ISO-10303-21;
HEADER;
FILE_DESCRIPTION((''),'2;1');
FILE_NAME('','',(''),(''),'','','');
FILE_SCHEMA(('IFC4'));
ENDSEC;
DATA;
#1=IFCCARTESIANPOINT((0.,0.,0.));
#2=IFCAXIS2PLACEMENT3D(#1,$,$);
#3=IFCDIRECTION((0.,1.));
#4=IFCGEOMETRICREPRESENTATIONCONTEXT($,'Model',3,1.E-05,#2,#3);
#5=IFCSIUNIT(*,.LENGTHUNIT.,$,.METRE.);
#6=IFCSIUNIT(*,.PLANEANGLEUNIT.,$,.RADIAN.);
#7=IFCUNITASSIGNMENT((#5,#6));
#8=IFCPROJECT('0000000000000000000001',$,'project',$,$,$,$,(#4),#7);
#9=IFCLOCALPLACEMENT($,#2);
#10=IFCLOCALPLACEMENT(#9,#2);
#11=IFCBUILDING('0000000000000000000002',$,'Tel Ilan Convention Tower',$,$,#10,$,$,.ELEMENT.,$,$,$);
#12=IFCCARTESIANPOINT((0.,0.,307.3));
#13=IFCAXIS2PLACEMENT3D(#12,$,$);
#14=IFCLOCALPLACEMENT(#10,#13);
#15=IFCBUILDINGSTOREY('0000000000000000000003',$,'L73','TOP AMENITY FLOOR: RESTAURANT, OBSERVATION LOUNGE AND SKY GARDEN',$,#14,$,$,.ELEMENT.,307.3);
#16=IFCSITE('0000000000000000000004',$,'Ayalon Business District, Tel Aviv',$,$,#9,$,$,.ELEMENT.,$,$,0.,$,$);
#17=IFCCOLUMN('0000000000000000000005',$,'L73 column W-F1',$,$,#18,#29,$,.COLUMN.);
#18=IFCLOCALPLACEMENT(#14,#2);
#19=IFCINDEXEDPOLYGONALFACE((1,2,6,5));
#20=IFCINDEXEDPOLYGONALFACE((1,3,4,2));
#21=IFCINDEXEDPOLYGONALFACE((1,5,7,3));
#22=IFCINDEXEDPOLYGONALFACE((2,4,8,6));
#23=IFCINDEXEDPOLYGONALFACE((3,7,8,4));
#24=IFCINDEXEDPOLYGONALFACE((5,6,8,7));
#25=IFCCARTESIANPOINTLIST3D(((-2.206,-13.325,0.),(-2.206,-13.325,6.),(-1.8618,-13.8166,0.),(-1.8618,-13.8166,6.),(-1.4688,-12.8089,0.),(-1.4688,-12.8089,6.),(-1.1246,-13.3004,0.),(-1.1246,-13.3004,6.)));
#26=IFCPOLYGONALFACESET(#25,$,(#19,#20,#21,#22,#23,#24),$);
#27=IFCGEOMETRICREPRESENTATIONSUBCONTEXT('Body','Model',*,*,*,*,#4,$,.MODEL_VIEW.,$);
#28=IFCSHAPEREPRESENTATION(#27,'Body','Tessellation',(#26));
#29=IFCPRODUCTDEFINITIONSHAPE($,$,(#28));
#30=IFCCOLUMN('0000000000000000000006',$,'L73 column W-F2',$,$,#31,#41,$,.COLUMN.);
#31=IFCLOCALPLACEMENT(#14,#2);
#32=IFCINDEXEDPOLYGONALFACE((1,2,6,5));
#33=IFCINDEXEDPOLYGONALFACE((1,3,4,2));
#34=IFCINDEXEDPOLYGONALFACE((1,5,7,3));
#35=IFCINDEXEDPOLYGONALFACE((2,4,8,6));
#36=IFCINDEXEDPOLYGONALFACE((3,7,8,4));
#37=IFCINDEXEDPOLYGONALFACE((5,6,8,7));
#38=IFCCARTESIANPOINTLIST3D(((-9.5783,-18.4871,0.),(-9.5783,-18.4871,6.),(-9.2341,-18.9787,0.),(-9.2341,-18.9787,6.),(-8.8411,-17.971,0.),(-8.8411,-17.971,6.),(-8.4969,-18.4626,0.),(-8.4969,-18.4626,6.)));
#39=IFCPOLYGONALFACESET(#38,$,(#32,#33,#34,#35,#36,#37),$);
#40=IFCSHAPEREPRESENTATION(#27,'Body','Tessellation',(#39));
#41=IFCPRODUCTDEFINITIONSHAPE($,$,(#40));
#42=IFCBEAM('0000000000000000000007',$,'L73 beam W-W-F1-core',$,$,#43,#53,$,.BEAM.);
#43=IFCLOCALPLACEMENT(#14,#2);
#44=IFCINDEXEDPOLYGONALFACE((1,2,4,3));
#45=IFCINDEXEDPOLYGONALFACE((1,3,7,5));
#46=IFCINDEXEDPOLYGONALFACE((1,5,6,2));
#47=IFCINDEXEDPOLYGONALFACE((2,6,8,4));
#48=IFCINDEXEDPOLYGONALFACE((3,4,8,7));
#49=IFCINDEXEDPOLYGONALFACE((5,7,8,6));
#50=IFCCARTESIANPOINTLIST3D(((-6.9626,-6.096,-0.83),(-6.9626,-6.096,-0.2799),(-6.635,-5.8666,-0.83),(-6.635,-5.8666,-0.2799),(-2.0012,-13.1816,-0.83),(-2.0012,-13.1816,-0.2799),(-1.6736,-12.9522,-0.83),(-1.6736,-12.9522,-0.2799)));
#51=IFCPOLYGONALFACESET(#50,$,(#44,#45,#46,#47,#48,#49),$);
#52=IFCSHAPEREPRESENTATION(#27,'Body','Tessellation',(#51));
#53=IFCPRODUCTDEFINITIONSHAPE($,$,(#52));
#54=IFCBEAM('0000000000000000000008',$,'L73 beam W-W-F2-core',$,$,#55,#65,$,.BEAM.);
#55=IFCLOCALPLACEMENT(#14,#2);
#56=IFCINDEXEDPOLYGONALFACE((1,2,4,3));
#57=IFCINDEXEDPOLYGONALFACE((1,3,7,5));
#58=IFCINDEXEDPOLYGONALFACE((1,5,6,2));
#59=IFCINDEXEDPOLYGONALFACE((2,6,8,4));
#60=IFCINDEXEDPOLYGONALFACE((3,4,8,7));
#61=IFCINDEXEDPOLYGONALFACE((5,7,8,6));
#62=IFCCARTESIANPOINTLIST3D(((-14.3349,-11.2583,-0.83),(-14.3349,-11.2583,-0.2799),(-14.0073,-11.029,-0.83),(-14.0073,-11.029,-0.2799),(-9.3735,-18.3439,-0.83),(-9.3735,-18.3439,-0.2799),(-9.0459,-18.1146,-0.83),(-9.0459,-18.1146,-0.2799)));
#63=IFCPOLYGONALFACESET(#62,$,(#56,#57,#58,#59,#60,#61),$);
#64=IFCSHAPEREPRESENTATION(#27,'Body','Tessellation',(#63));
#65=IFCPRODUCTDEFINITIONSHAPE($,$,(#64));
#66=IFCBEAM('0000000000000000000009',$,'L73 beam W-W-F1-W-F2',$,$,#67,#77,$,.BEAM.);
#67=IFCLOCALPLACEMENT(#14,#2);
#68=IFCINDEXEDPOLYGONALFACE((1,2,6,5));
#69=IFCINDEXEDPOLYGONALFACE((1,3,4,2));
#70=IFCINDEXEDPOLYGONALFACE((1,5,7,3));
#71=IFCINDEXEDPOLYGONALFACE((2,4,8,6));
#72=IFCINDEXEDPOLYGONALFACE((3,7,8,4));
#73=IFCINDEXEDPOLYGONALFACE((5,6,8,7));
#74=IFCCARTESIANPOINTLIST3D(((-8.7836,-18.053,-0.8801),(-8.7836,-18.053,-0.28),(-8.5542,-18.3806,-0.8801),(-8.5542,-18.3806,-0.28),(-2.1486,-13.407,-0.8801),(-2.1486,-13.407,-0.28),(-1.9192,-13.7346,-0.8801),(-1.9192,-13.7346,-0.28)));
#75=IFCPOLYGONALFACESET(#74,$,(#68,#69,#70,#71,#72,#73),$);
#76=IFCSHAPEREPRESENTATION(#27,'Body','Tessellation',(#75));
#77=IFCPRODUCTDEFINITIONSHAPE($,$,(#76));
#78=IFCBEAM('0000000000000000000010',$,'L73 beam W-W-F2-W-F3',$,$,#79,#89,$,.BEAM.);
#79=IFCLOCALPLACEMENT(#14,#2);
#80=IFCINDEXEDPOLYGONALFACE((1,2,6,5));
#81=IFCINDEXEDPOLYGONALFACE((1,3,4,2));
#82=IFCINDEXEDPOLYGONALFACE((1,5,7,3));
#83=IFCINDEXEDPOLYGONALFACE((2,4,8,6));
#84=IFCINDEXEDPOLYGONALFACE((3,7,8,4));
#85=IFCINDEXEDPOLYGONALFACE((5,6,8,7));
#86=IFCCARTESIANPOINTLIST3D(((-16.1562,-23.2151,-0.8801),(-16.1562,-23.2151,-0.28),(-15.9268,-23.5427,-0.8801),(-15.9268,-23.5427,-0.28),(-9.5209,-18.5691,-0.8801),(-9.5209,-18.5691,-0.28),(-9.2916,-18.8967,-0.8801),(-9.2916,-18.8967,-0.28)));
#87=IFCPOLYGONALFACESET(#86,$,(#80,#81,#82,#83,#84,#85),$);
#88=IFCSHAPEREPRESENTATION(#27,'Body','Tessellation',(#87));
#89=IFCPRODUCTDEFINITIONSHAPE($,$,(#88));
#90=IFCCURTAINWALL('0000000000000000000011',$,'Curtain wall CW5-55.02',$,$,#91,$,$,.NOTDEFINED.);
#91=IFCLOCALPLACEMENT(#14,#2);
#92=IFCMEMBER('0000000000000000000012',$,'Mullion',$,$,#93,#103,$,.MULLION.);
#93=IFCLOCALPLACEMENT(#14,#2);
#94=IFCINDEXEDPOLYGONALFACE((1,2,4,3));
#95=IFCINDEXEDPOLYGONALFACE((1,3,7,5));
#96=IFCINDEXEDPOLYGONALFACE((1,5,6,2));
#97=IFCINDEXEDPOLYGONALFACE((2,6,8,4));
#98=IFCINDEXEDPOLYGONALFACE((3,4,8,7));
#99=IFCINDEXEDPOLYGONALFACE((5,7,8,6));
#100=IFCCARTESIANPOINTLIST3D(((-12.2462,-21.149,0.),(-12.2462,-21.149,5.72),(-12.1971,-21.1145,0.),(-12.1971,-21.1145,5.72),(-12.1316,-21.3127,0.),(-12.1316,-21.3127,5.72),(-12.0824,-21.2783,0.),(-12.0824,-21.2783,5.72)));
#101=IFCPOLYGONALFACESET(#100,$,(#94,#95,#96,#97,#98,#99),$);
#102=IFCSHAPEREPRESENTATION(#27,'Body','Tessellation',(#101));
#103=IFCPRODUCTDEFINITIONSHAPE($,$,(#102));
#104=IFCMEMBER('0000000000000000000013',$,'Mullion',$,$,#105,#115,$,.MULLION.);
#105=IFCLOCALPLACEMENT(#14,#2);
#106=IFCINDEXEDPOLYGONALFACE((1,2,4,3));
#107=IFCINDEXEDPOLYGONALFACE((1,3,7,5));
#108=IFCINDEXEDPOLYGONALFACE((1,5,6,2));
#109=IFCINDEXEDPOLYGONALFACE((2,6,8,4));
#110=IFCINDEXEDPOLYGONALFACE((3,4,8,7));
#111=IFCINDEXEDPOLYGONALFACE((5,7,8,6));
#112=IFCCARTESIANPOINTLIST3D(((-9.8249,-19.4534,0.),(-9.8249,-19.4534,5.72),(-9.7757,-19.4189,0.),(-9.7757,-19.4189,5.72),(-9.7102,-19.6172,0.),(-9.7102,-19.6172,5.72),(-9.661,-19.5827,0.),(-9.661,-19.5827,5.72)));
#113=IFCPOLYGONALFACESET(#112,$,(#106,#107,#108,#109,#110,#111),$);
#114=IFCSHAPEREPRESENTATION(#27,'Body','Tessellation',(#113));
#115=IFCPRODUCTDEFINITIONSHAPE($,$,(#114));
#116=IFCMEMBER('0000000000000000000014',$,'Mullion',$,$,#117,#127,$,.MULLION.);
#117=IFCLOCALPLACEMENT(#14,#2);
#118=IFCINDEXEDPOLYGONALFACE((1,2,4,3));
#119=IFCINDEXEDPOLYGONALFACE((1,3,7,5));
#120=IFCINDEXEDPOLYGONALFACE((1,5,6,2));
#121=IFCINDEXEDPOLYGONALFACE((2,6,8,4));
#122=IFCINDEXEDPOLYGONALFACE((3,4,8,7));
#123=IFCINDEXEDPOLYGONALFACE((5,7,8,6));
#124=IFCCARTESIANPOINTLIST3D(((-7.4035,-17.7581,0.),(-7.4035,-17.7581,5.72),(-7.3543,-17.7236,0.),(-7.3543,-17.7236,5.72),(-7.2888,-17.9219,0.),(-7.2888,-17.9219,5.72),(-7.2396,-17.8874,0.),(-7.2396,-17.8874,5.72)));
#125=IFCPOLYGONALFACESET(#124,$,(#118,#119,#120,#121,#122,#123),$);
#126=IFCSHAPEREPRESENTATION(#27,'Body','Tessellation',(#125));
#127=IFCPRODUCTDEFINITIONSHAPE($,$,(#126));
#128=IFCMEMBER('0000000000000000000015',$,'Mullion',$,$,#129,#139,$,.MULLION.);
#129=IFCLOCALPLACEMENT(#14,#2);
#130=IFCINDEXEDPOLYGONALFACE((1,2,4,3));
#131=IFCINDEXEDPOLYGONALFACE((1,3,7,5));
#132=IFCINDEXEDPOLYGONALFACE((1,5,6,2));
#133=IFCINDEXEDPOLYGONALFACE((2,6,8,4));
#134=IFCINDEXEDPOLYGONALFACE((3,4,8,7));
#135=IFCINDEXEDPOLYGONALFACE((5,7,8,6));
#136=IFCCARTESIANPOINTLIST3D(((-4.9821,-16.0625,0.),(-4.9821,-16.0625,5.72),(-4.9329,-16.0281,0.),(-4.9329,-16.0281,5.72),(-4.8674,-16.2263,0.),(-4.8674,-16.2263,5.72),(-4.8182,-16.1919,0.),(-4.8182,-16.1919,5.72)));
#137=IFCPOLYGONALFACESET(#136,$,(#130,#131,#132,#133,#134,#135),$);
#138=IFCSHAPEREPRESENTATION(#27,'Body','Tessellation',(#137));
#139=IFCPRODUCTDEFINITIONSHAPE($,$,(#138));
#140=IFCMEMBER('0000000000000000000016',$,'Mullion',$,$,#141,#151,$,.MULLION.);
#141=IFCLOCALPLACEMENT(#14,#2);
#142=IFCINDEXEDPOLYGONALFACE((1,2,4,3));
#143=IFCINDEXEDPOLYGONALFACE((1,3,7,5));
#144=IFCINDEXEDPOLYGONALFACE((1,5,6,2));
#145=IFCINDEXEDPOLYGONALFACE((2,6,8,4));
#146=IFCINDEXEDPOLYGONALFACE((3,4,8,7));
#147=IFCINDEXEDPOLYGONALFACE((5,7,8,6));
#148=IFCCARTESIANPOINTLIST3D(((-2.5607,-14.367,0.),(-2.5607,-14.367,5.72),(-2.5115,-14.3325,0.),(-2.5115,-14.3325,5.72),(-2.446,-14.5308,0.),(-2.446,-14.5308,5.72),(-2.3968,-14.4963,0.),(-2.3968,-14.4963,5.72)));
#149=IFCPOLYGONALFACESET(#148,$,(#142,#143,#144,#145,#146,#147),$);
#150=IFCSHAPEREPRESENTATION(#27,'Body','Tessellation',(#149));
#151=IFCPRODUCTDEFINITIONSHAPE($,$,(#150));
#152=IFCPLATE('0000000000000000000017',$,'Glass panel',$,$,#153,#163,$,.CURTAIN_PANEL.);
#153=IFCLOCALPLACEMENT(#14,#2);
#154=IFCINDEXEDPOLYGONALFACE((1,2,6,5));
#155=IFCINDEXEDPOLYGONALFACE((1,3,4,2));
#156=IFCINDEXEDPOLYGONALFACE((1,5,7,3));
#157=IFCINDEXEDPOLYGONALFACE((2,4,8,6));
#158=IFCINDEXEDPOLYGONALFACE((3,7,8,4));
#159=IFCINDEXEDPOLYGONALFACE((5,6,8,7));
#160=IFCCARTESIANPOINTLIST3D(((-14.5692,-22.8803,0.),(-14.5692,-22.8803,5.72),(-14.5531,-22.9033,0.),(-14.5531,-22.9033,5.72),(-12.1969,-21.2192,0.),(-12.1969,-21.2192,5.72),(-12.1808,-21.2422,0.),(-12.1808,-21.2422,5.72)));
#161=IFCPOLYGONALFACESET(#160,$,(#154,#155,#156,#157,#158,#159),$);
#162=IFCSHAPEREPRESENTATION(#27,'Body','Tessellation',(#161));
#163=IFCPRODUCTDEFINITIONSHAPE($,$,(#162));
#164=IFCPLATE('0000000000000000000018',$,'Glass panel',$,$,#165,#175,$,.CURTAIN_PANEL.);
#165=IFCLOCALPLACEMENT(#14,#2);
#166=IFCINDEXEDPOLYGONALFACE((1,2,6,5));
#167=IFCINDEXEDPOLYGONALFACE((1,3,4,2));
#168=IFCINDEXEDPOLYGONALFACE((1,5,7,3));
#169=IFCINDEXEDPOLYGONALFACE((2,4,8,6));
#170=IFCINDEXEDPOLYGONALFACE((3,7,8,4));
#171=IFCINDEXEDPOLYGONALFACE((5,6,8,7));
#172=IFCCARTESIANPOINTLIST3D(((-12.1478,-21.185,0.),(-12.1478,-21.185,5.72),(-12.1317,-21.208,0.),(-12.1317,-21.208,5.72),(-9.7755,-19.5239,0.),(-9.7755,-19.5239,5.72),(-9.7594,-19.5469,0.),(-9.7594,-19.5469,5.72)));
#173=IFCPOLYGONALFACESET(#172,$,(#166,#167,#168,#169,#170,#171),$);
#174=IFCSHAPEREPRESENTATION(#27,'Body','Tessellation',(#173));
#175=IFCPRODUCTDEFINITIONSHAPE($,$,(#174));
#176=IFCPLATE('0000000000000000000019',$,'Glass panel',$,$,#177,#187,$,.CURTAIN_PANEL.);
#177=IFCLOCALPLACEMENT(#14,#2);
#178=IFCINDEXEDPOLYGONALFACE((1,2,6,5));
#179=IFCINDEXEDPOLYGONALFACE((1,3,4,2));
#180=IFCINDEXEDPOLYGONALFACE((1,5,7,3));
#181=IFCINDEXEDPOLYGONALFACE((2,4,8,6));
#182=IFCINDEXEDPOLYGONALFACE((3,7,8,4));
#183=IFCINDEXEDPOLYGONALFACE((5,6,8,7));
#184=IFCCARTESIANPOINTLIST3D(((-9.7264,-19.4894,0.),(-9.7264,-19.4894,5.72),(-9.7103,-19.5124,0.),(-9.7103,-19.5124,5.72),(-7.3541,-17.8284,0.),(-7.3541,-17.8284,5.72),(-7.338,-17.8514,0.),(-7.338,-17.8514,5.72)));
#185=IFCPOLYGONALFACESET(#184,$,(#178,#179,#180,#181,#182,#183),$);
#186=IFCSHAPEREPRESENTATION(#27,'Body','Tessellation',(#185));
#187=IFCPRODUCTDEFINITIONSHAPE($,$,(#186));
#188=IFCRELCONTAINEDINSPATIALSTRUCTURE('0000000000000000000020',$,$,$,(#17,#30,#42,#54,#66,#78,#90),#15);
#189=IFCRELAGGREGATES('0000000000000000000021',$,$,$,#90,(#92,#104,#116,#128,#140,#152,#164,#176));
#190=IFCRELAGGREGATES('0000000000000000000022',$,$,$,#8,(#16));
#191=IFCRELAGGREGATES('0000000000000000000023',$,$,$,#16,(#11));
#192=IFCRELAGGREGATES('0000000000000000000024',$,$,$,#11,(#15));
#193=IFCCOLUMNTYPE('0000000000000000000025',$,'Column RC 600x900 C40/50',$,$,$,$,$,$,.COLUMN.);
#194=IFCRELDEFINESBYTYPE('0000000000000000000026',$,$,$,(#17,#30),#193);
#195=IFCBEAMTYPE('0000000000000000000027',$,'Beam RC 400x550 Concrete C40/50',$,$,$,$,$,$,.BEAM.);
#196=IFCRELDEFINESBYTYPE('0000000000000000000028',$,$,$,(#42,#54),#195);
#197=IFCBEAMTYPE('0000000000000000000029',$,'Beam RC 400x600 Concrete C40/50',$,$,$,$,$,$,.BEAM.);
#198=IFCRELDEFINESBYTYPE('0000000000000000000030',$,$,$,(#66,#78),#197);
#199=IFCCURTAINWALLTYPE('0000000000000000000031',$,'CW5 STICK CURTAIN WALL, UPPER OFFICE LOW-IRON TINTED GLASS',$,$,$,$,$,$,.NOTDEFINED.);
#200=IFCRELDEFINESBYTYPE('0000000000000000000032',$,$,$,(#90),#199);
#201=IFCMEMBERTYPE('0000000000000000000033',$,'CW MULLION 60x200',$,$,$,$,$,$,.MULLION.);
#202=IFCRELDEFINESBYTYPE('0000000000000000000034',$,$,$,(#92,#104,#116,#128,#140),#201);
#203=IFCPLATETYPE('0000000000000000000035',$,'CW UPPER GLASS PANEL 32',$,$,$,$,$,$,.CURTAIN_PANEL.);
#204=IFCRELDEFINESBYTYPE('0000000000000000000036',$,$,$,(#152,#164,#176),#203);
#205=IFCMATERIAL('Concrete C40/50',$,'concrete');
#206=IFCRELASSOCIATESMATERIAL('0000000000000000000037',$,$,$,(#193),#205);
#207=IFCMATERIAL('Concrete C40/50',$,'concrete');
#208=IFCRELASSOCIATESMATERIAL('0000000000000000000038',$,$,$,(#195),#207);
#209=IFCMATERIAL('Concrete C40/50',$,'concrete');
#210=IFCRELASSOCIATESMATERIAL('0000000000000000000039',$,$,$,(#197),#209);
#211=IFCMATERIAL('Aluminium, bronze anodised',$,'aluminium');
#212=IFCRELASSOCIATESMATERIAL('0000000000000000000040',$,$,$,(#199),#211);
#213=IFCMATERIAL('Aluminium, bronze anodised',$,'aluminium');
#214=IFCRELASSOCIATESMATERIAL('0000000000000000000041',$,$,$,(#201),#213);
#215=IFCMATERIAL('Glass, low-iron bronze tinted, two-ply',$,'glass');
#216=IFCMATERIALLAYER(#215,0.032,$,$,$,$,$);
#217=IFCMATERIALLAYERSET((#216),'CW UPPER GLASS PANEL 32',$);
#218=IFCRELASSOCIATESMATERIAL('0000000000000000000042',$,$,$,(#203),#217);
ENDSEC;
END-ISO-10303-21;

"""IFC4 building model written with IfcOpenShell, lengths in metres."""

from ifc_helpers import new_model, si_unit, direction, frame, origin, origin_2d, place, context, subcontext, project, spatial, rectangle, extrude, material, layer, layer_set, material_profile, profile_set, type_object, element, aggregate, save


model = new_model("IFC4")

# Units and contexts
model_context = context("Model", 3, precision=1e-05, world=origin(), true_north=direction((0.0, 1.0)))
body_context = subcontext(model_context, "Body", "Model", "MODEL_VIEW")
ifc_project = project(units=[si_unit("LENGTHUNIT", "METRE"), si_unit("PLANEANGLEUNIT", "RADIAN")], contexts=[model_context])

# Site, building, storey
site_placement = place(None, origin())
site = spatial("IfcSite", under=ifc_project, at=site_placement, Name="Ayalon Business District, Tel Aviv", CompositionType="ELEMENT", RefElevation=0.0)
building_placement = place(site_placement, origin())
building = spatial("IfcBuilding", under=site, at=building_placement, Name="Tel Ilan Convention Tower", CompositionType="ELEMENT")
storey_placement = place(building_placement, frame((0.0, 0.0, 307.3)))
storey = spatial("IfcBuildingStorey", under=building, at=storey_placement, Name="L73", Description="TOP AMENITY FLOOR: RESTAURANT, OBSERVATION LOUNGE AND SKY GARDEN", CompositionType="ELEMENT", Elevation=307.3)

# Columns
ifc_material_1 = material(Name="Concrete C40/50", Category="concrete")
ifc_material_profile_1 = material_profile(ifc_material_1, rectangle(XDim=0.8999, YDim=0.6001, at=origin_2d()), Name="RC 600x900")
ifc_profile_set_1 = profile_set([ifc_material_profile_1], Name="Concrete C40/50")
column_type = type_object("IfcColumnType", Name="Column RC 600x900 C40/50", PredefinedType="COLUMN", material=ifc_profile_set_1)
for number, where, z_axis, x_axis, name in (
    (1, (-1.6653, -13.3127, 0.0), (0.0, 0.0, 1.0), (-0.819152, -0.573576, 0.0), "L73 column W-F1"),
    (2, (-9.0376, -18.4749, 0.0), (0.0, 0.0, 1.0), (-0.819152, -0.573576, 0.0), "L73 column W-F2"),
):
    element("IfcColumn", number, at=place(storey_placement, frame(where, z_axis=z_axis, x_axis=x_axis)), inside=storey, type_object=column_type, Name=name, PredefinedType="COLUMN", context=body_context, shape_type="SweptSolid", body=[
        extrude(rectangle(XDim=0.8999, YDim=0.6001, at=origin_2d()), origin(), (0.0, 0.0, 1.0), 6.0),
    ])

# Beams
ifc_material_2 = material(Name="Concrete C40/50", Category="concrete")
ifc_material_profile_2 = material_profile(ifc_material_2, rectangle(XDim=0.3999, YDim=0.55, at=origin_2d()), Name="RC 400x550")
ifc_profile_set_2 = profile_set([ifc_material_profile_2], Name="Concrete C40/50")
beam_type_1 = type_object("IfcBeamType", Name="Beam RC 400x550 Concrete C40/50", PredefinedType="BEAM", material=ifc_profile_set_2)
for number, where, z_axis, x_axis, name in (
    (3, (-1.8374, -13.0669, -0.5549), (-0.573574, 0.819154, 0.0), (-0.819154, -0.573574, 0.0), "L73 beam W-W-F1-core"),
    (4, (-9.2097, -18.2292, -0.5549), (-0.573574, 0.819154, 0.0), (-0.819154, -0.573574, 0.0), "L73 beam W-W-F2-core"),
):
    element("IfcBeam", number, at=place(storey_placement, frame(where, z_axis=z_axis, x_axis=x_axis)), inside=storey, type_object=beam_type_1, Name=name, PredefinedType="BEAM", context=body_context, shape_type="SweptSolid", body=[
        extrude(rectangle(XDim=0.3999, YDim=0.55, at=origin_2d()), origin(), (0.0, 0.0, 1.0), 8.6499),
    ])
ifc_material_3 = material(Name="Concrete C40/50", Category="concrete")
ifc_material_profile_3 = material_profile(ifc_material_3, rectangle(XDim=0.3999, YDim=0.6001, at=origin_2d()), Name="RC 400x600")
ifc_profile_set_3 = profile_set([ifc_material_profile_3], Name="Concrete C40/50")
beam_type_2 = type_object("IfcBeamType", Name="Beam RC 400x600 Concrete C40/50", PredefinedType="BEAM", material=ifc_profile_set_3)
beam_1_placement = place(storey_placement, frame((-2.0339, -13.5708, -0.5801), z_axis=(-0.819146, -0.573586, 0.0), x_axis=(0.573586, -0.819146, 0.0)))
element("IfcBeam", 5, at=beam_1_placement, inside=storey, type_object=beam_type_2, Name="L73 beam W-W-F1-W-F2", PredefinedType="BEAM", context=body_context, shape_type="SweptSolid", body=[
    extrude(rectangle(XDim=0.3999, YDim=0.6001, at=origin_2d()), origin(), (0.0, 0.0, 1.0), 8.0999),
])
beam_2_placement = place(storey_placement, frame((-9.4062, -18.7329, -0.5801), z_axis=(-0.819155, -0.573572, 0.0), x_axis=(0.573572, -0.819155, 0.0)))
element("IfcBeam", 6, at=beam_2_placement, inside=storey, type_object=beam_type_2, Name="L73 beam W-W-F2-W-F3", PredefinedType="BEAM", context=body_context, shape_type="SweptSolid", body=[
    extrude(rectangle(XDim=0.3999, YDim=0.6001, at=origin_2d()), origin(), (0.0, 0.0, 1.0), 8.1001),
])

# Curtain wall, members, plates
ifc_material_4 = material(Name="Aluminium, bronze anodised", Category="aluminium")
curtain_wall_type = type_object("IfcCurtainWallType", Name="CW5 STICK CURTAIN WALL, UPPER OFFICE LOW-IRON TINTED GLASS", PredefinedType="NOTDEFINED", material=ifc_material_4)
curtain_wall_placement = place(storey_placement, origin())
curtain_wall = element("IfcCurtainWall", 7, at=curtain_wall_placement, inside=storey, type_object=curtain_wall_type, Name="Curtain wall CW5-55.02", PredefinedType="NOTDEFINED")
ifc_material_5 = material(Name="Aluminium, bronze anodised", Category="aluminium")
ifc_material_profile_4 = material_profile(ifc_material_5, rectangle(XDim=0.0601, YDim=0.2, at=origin_2d()), Name="CW MULLION 60x200")
ifc_profile_set_4 = profile_set([ifc_material_profile_4], Name="Aluminium, bronze anodised")
member_type = type_object("IfcMemberType", Name="CW MULLION 60x200", PredefinedType="MULLION", material=ifc_profile_set_4)
member_1_placement = place(storey_placement, frame((-12.1643, -21.2136, 0.0), z_axis=(0.0, 0.0, 1.0), x_axis=(0.819152, 0.573576, 0.0)))
member_1 = element("IfcMember", 8, at=member_1_placement, type_object=member_type, Name="Mullion", PredefinedType="MULLION", context=body_context, shape_type="SweptSolid", body=[
    extrude(rectangle(XDim=0.0601, YDim=0.2, at=origin_2d()), origin(), (0.0, 0.0, 1.0), 5.72),
])
member_2_placement = place(storey_placement, frame((-9.7429, -19.5181, 0.0), z_axis=(0.0, 0.0, 1.0), x_axis=(0.819152, 0.573576, 0.0)))
member_2 = element("IfcMember", 9, at=member_2_placement, type_object=member_type, Name="Mullion", PredefinedType="MULLION", context=body_context, shape_type="SweptSolid", body=[
    extrude(rectangle(XDim=0.0601, YDim=0.2, at=origin_2d()), origin(), (0.0, 0.0, 1.0), 5.72),
])
member_3_placement = place(storey_placement, frame((-7.3215, -17.8228, 0.0), z_axis=(0.0, 0.0, 1.0), x_axis=(0.819152, 0.573576, 0.0)))
member_3 = element("IfcMember", 10, at=member_3_placement, type_object=member_type, Name="Mullion", PredefinedType="MULLION", context=body_context, shape_type="SweptSolid", body=[
    extrude(rectangle(XDim=0.0601, YDim=0.2, at=origin_2d()), origin(), (0.0, 0.0, 1.0), 5.72),
])
member_4_placement = place(storey_placement, frame((-4.9001, -16.1272, 0.0), z_axis=(0.0, 0.0, 1.0), x_axis=(0.819152, 0.573576, 0.0)))
member_4 = element("IfcMember", 11, at=member_4_placement, type_object=member_type, Name="Mullion", PredefinedType="MULLION", context=body_context, shape_type="SweptSolid", body=[
    extrude(rectangle(XDim=0.0601, YDim=0.2, at=origin_2d()), origin(), (0.0, 0.0, 1.0), 5.72),
])
member_5_placement = place(storey_placement, frame((-2.4788, -14.4316, 0.0), z_axis=(0.0, 0.0, 1.0), x_axis=(0.819152, 0.573576, 0.0)))
member_5 = element("IfcMember", 12, at=member_5_placement, type_object=member_type, Name="Mullion", PredefinedType="MULLION", context=body_context, shape_type="SweptSolid", body=[
    extrude(rectangle(XDim=0.0601, YDim=0.2, at=origin_2d()), origin(), (0.0, 0.0, 1.0), 5.72),
])
ifc_material_6 = material(Name="Glass, low-iron bronze tinted, two-ply", Category="glass")
ifc_layer_1 = layer(ifc_material_6, 0.032)
ifc_layer_set_1 = layer_set([ifc_layer_1], Name="CW UPPER GLASS PANEL 32")
plate_type = type_object("IfcPlateType", Name="CW UPPER GLASS PANEL 32", PredefinedType="CURTAIN_PANEL", material=ifc_layer_set_1)
plate_1_placement = place(storey_placement, frame((-13.375, -22.0613, 0.0), z_axis=(0.0, 0.0, 1.0), x_axis=(0.819152, 0.573576, 0.0)))
plate_1 = element("IfcPlate", 13, at=plate_1_placement, type_object=plate_type, Name="Glass panel", PredefinedType="CURTAIN_PANEL", context=body_context, shape_type="SweptSolid", body=[
    extrude(rectangle(XDim=2.896, YDim=0.0281, at=origin_2d()), origin(), (0.0, 0.0, 1.0), 5.72),
])
plate_2_placement = place(storey_placement, frame((-10.9536, -20.366, 0.0), z_axis=(0.0, 0.0, 1.0), x_axis=(0.819152, 0.573576, 0.0)))
plate_2 = element("IfcPlate", 14, at=plate_2_placement, type_object=plate_type, Name="Glass panel", PredefinedType="CURTAIN_PANEL", context=body_context, shape_type="SweptSolid", body=[
    extrude(rectangle(XDim=2.896, YDim=0.0281, at=origin_2d()), origin(), (0.0, 0.0, 1.0), 5.72),
])
plate_3_placement = place(storey_placement, frame((-8.5322, -18.6704, 0.0), z_axis=(0.0, 0.0, 1.0), x_axis=(0.819152, 0.573576, 0.0)))
plate_3 = element("IfcPlate", 15, at=plate_3_placement, type_object=plate_type, Name="Glass panel", PredefinedType="CURTAIN_PANEL", context=body_context, shape_type="SweptSolid", body=[
    extrude(rectangle(XDim=2.896, YDim=0.0281, at=origin_2d()), origin(), (0.0, 0.0, 1.0), 5.72),
])
aggregate(curtain_wall, [member_1, member_2, member_3, member_4, member_5, plate_1, plate_2, plate_3])

save(model, "model.ifc")
